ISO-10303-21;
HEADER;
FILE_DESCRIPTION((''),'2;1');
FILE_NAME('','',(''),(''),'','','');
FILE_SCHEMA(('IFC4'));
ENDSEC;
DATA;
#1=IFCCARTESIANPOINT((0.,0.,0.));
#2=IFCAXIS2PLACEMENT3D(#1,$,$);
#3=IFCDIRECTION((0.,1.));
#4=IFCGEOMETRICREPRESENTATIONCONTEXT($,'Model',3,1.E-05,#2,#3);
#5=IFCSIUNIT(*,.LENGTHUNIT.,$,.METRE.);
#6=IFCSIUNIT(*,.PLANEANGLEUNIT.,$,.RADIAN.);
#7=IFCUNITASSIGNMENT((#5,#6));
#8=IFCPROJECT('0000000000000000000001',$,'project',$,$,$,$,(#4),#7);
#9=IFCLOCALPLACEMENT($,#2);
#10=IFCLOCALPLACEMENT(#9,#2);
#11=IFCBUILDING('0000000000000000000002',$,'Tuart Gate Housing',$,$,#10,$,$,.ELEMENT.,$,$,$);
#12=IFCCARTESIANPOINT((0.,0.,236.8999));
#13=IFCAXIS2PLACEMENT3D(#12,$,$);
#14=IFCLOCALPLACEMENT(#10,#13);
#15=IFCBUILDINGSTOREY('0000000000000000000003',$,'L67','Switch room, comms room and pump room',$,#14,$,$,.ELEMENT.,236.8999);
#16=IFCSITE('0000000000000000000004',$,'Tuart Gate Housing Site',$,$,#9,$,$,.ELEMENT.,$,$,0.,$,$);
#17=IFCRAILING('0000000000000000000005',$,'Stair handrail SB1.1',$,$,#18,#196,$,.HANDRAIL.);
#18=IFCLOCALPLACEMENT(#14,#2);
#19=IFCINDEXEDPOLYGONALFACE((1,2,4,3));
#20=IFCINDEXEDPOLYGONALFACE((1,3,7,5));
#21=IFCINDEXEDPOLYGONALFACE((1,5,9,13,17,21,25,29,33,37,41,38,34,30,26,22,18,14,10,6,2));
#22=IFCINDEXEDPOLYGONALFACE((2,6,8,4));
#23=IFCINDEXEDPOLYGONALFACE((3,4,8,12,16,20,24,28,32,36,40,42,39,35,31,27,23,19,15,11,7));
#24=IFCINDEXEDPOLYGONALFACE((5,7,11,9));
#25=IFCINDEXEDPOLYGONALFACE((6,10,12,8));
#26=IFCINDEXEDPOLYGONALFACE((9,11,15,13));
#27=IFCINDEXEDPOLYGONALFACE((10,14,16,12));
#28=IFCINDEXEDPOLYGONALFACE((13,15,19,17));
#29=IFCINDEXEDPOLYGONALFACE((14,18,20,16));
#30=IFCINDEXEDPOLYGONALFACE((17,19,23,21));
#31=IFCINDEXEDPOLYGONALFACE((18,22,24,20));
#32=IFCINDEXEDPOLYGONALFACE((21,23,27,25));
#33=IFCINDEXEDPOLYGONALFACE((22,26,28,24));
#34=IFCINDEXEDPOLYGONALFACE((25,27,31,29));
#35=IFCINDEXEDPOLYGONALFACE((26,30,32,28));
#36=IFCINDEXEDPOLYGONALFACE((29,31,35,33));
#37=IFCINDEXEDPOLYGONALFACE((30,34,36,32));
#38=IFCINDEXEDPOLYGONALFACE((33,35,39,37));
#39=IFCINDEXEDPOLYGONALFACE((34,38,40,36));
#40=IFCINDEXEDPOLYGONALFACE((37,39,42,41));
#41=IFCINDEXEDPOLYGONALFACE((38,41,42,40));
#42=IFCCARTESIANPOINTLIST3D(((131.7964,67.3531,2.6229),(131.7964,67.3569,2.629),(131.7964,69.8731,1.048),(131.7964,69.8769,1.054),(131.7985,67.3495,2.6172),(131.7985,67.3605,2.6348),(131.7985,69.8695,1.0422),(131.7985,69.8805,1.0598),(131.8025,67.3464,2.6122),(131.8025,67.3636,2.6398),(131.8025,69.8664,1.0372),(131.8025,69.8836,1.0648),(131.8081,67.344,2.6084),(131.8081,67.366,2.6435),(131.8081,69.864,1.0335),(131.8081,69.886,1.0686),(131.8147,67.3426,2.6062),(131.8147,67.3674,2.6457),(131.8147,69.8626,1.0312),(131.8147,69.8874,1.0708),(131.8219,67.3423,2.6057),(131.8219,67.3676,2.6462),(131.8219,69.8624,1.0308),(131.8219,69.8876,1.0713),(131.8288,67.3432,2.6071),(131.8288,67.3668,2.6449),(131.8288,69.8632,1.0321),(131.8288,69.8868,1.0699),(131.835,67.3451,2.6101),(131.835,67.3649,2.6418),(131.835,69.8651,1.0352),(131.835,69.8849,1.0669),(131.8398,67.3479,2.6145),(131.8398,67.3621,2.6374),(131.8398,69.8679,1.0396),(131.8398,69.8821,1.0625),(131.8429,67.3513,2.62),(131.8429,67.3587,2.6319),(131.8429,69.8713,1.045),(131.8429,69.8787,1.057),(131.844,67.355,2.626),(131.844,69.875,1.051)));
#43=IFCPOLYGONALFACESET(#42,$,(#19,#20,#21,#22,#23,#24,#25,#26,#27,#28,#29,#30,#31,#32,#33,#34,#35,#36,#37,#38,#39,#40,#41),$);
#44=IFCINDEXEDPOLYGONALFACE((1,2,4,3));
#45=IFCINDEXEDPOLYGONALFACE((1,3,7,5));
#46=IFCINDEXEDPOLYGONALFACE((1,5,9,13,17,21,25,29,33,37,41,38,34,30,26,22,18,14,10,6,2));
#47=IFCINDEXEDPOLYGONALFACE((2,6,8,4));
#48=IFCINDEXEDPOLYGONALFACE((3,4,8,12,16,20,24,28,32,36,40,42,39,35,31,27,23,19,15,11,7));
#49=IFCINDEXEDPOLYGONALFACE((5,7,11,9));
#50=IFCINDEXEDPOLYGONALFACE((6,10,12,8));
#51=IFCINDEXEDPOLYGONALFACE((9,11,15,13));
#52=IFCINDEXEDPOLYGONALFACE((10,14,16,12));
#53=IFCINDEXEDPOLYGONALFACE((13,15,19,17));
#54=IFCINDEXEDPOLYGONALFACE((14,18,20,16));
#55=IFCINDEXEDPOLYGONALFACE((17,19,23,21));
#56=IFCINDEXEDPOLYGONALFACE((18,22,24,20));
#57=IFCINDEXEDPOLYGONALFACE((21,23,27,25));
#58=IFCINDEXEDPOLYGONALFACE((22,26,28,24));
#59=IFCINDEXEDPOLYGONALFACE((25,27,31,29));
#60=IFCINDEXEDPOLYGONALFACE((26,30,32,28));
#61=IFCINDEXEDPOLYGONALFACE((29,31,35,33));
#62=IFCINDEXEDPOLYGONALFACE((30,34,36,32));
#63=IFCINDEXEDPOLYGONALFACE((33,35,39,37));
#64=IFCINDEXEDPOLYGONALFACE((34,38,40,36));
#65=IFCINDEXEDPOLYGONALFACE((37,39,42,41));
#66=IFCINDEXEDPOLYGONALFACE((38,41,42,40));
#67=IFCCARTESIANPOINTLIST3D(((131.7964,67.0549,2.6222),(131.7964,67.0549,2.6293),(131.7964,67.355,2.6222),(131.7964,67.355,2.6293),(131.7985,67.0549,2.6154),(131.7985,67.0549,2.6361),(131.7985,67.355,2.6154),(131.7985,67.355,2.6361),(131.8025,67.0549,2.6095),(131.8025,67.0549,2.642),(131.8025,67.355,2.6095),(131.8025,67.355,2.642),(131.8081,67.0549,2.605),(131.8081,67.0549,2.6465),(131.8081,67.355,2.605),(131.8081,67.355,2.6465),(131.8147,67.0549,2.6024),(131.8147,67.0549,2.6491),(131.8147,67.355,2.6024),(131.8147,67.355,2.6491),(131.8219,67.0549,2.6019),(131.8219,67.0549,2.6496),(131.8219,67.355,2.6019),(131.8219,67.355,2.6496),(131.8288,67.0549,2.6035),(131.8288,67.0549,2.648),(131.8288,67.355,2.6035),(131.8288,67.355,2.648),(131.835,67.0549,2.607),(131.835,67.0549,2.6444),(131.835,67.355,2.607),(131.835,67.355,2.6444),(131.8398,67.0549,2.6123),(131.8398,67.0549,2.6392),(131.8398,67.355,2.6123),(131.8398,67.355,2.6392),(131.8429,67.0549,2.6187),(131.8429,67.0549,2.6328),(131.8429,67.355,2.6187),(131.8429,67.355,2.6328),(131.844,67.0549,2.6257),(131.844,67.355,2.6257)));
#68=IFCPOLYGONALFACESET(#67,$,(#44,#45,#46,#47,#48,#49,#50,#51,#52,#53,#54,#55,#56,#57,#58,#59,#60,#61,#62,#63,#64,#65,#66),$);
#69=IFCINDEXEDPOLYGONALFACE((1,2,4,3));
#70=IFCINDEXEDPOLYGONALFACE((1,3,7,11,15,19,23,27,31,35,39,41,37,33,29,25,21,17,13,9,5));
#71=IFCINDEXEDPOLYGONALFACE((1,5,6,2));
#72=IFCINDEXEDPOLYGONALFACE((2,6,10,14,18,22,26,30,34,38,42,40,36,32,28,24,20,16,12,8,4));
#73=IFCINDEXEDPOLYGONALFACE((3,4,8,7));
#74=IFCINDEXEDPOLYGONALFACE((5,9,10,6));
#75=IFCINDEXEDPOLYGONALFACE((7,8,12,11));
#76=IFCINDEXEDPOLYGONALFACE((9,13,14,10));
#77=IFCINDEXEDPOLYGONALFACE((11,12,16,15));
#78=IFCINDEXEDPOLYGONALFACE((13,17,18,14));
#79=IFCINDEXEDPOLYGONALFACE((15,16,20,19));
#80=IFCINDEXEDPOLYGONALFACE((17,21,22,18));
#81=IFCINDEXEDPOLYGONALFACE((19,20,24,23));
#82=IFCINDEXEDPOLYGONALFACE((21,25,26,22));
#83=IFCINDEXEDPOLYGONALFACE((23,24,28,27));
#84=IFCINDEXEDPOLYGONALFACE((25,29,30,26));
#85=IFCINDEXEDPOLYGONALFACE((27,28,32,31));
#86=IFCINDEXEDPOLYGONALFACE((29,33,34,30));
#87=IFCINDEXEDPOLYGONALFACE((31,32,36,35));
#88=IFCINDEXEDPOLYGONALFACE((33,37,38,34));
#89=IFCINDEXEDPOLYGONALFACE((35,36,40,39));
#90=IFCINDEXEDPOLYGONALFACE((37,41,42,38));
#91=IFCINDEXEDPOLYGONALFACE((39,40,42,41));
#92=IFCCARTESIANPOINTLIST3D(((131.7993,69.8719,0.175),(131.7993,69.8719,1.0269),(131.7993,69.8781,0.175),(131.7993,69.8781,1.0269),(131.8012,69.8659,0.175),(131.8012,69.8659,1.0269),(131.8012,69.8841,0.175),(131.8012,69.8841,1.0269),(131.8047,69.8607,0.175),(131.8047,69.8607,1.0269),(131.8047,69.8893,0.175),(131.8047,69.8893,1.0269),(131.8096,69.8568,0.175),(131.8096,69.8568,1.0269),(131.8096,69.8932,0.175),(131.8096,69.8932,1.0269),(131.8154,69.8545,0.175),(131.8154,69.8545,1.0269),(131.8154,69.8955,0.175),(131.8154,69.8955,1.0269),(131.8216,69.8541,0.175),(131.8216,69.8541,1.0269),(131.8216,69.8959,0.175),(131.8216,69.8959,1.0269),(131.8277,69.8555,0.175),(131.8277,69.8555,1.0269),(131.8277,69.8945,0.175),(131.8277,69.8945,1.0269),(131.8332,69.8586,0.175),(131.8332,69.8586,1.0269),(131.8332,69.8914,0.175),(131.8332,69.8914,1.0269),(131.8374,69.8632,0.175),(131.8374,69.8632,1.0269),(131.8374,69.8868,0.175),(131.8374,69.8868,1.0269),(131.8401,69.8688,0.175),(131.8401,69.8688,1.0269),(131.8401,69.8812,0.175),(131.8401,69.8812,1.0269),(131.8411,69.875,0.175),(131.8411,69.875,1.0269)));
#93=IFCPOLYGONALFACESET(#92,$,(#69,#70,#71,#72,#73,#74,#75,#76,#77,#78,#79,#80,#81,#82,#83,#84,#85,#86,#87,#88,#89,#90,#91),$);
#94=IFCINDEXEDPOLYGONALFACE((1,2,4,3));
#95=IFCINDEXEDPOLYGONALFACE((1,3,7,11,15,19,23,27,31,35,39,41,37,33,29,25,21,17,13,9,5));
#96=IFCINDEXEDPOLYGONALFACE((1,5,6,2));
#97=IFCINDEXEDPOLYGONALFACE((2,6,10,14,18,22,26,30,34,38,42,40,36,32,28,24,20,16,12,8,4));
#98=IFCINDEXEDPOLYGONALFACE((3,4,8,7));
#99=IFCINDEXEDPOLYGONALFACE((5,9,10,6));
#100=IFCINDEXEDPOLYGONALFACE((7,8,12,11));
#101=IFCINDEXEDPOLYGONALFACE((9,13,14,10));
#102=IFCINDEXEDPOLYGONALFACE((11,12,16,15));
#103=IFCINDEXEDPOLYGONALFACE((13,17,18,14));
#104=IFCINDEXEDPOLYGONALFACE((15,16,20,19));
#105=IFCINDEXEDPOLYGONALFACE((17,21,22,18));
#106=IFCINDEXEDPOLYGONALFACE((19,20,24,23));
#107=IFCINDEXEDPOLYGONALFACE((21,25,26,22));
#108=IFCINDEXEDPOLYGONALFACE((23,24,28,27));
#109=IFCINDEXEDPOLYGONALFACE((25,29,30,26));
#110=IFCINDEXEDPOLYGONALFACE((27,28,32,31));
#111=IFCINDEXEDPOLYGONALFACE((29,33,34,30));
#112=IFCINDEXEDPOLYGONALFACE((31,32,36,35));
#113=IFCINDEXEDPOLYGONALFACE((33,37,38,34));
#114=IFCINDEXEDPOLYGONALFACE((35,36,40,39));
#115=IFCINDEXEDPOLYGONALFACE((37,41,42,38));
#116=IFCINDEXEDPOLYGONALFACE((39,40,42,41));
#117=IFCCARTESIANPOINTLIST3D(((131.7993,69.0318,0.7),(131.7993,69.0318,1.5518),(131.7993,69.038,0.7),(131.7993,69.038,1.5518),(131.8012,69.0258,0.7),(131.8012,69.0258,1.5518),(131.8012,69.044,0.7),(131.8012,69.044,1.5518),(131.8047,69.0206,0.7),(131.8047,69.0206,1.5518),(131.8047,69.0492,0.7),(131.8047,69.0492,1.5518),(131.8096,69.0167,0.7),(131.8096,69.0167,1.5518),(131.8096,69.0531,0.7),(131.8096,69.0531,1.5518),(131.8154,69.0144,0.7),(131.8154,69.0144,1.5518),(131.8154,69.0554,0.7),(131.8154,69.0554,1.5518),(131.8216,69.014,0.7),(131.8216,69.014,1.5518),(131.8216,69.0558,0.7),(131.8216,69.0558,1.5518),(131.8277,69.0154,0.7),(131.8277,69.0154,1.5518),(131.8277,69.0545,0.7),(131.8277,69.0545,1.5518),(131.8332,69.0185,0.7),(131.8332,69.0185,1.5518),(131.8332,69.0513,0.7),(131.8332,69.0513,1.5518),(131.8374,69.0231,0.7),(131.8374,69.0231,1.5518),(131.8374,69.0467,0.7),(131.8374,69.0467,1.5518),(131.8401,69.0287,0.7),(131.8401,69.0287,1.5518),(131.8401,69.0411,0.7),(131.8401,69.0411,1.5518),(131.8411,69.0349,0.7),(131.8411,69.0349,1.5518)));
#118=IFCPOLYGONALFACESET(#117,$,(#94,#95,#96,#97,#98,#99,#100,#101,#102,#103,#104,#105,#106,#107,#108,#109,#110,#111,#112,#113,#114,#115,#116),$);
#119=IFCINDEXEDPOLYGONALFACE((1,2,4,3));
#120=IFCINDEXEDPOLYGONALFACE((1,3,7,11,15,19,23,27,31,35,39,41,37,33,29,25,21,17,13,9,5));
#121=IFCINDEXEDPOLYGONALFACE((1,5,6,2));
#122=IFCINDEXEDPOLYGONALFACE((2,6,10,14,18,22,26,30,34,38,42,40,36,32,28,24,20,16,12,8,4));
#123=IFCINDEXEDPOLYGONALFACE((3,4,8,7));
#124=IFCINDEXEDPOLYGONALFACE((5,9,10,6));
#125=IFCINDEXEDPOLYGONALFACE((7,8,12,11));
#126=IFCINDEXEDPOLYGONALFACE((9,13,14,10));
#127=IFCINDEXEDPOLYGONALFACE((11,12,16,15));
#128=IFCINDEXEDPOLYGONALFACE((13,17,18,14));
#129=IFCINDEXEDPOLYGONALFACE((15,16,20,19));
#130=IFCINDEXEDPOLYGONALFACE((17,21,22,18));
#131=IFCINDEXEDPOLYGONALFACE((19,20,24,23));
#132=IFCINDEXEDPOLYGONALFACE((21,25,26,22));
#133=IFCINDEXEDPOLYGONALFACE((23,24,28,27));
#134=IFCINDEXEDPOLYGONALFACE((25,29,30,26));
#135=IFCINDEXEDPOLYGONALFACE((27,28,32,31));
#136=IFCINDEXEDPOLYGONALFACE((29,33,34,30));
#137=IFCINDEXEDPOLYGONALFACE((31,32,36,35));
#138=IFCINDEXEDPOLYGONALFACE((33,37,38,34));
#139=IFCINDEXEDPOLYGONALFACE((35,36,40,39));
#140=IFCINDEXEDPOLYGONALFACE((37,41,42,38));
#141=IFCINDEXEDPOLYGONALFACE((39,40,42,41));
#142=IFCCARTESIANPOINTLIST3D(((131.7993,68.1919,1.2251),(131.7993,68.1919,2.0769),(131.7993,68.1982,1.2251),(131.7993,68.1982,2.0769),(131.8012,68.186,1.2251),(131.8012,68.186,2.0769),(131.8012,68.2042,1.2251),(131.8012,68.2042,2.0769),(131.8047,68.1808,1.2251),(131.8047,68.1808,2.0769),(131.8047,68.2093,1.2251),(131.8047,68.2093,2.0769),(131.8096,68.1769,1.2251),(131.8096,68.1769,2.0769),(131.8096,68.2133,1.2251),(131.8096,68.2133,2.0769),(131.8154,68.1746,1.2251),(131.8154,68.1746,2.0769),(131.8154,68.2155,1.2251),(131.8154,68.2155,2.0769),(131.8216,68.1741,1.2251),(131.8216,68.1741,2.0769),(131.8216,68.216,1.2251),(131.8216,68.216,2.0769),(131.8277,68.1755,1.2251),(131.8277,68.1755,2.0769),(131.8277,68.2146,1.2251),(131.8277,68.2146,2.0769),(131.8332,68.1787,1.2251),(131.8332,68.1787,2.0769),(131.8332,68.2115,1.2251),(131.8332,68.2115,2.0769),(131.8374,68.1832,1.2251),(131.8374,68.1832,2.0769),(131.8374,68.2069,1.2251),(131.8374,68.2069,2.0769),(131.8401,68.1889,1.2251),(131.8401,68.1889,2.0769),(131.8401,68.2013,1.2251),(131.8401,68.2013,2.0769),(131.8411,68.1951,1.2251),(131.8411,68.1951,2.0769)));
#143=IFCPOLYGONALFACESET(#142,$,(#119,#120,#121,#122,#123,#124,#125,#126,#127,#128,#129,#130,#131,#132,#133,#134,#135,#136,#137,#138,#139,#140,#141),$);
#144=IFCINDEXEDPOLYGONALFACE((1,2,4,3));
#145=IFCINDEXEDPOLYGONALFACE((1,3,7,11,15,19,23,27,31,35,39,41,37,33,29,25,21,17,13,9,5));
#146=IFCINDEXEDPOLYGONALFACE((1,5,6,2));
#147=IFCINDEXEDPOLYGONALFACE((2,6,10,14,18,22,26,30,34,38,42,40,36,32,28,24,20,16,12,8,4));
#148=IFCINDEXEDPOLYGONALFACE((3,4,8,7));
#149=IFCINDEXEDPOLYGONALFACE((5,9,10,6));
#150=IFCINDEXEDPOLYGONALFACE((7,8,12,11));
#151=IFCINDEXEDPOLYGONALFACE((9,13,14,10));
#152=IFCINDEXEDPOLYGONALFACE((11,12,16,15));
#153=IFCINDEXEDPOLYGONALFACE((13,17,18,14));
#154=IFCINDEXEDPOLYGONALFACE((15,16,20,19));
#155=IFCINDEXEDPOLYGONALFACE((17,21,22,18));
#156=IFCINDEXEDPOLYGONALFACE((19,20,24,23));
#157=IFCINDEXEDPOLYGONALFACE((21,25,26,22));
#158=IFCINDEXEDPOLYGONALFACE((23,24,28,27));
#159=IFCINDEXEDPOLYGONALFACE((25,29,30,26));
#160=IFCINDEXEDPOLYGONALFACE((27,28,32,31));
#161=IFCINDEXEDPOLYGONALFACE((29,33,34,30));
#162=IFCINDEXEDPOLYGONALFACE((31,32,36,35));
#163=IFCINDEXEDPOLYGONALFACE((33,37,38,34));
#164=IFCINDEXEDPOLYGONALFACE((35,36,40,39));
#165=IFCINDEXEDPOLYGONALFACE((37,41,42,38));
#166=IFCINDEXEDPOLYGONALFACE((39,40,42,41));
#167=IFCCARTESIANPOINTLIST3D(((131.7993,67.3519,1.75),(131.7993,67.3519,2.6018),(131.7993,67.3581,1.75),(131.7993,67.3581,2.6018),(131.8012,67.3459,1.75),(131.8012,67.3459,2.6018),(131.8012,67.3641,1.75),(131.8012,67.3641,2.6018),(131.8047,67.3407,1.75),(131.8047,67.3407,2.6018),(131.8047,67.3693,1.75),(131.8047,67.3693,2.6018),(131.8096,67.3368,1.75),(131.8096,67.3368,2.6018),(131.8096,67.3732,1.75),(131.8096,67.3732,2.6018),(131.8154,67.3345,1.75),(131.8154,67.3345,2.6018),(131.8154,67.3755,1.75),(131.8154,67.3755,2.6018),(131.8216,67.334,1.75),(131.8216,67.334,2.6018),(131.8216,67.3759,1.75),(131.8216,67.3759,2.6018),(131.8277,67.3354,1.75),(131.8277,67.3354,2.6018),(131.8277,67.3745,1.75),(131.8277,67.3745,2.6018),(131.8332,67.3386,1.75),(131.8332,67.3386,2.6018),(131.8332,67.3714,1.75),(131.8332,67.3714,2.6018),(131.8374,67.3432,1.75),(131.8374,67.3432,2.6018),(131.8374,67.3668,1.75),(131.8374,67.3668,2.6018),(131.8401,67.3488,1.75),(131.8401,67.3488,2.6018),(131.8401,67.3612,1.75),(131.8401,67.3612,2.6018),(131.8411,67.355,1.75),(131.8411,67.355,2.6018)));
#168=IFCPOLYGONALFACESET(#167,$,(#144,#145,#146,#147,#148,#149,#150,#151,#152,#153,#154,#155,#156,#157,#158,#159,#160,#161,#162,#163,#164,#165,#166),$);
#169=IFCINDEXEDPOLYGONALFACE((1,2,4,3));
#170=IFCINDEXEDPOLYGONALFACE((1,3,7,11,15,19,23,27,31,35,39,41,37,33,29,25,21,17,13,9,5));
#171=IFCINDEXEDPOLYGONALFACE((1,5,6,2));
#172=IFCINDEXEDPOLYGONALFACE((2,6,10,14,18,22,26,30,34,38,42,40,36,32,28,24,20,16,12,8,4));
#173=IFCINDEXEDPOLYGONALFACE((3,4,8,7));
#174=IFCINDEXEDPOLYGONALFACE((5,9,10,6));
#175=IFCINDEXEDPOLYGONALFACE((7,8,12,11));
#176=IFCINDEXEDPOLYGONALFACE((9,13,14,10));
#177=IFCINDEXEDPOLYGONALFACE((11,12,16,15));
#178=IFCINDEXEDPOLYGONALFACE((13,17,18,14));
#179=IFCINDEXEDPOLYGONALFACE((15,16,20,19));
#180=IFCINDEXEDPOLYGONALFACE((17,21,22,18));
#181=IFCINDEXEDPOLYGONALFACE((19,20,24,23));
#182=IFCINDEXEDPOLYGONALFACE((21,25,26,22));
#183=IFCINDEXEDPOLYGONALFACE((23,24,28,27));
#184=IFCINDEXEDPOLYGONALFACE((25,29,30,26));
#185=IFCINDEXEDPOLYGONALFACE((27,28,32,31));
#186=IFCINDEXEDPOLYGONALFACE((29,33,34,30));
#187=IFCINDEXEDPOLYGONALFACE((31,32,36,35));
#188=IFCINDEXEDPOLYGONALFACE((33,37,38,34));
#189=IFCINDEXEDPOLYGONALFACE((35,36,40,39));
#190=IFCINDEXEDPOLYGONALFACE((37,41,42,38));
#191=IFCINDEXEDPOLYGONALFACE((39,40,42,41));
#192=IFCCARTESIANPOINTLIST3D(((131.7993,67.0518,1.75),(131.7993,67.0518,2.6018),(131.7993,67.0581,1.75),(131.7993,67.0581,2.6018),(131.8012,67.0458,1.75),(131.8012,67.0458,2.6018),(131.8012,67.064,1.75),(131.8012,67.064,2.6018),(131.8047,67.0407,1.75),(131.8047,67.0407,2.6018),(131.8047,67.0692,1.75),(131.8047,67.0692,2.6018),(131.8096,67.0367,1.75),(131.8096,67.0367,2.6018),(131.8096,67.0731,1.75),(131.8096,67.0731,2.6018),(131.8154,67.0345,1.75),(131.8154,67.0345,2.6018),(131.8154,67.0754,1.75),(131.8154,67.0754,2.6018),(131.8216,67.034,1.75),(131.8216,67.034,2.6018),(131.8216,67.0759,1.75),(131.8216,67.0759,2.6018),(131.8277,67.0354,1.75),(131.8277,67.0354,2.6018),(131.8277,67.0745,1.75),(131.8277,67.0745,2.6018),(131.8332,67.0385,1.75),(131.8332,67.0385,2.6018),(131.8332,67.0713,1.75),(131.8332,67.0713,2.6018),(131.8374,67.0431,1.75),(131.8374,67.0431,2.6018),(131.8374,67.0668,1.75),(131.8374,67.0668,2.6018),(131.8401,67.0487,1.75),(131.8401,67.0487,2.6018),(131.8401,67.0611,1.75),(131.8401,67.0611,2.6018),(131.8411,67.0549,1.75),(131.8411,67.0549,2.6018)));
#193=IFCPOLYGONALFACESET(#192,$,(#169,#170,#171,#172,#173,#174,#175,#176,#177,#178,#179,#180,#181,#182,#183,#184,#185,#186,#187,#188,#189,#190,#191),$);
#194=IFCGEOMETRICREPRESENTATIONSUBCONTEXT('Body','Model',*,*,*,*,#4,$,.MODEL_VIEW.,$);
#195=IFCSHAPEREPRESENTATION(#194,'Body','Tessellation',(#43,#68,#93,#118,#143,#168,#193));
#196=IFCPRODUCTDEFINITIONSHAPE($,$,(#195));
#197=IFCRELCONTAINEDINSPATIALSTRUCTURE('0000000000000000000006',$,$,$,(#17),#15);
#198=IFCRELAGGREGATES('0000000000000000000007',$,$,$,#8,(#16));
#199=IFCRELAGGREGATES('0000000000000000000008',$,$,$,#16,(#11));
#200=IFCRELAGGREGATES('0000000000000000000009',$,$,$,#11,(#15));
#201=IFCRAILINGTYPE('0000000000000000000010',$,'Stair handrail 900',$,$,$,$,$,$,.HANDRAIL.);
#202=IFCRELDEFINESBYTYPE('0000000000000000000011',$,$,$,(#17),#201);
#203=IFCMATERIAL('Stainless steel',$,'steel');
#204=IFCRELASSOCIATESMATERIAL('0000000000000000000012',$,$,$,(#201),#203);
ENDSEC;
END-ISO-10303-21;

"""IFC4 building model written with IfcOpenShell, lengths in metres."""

from ifc_helpers import new_model, si_unit, direction, frame, origin, origin_2d, place, context, subcontext, project, spatial, circle, extrude, material, type_object, element, save


model = new_model("IFC4")

# Units and contexts
model_context = context("Model", 3, precision=1e-05, world=origin(), true_north=direction((0.0, 1.0)))
body_context = subcontext(model_context, "Body", "Model", "MODEL_VIEW")
ifc_project = project(units=[si_unit("LENGTHUNIT", "METRE"), si_unit("PLANEANGLEUNIT", "RADIAN")], contexts=[model_context])

# Site, building, storey
site_placement = place(None, origin())
site = spatial("IfcSite", under=ifc_project, at=site_placement, Name="Tuart Gate Housing Site", CompositionType="ELEMENT", RefElevation=0.0)
building_placement = place(site_placement, origin())
building = spatial("IfcBuilding", under=site, at=building_placement, Name="Tuart Gate Housing", CompositionType="ELEMENT")
storey_placement = place(building_placement, frame((0.0, 0.0, 236.8999)))
storey = spatial("IfcBuildingStorey", under=building, at=storey_placement, Name="L67", Description="Switch room, comms room and pump room", CompositionType="ELEMENT", Elevation=236.8999)

# Railing
ifc_material_1 = material(Name="Stainless steel", Category="steel")
railing_type = type_object("IfcRailingType", Name="Stair handrail 900", PredefinedType="HANDRAIL", material=ifc_material_1)
railing_placement = place(storey_placement, frame((131.8201, 69.875, 0.175)))
element("IfcRailing", 1, at=railing_placement, inside=storey, type_object=railing_type, Name="Stair handrail SB1.1", PredefinedType="HANDRAIL", context=body_context, shape_type="SweptSolid", body=[
    extrude(circle(Radius=0.0239, at=origin_2d()), frame((0.0, 0.0, 0.876), z_axis=(0.0, -0.848008, 0.529984), x_axis=(1.0, 0.0, 0.0)), (0.0, 0.0, 1.0), 2.9717),
    extrude(circle(Radius=0.0239, at=origin_2d()), frame((0.0, -2.52, 2.4507), z_axis=(0.0, -1.0, 0.0), x_axis=(1.0, 0.0, 0.0)), (0.0, 0.0, 1.0), 0.3),
    extrude(circle(Radius=0.021, at=origin_2d()), origin(), (0.0, 0.0, 1.0), 0.8518),
    extrude(circle(Radius=0.021, at=origin_2d()), frame((0.0, -0.8401, 0.5249)), (0.0, 0.0, 1.0), 0.8518),
    extrude(circle(Radius=0.021, at=origin_2d()), frame((0.0, -1.6799, 1.05)), (0.0, 0.0, 1.0), 0.8518),
    extrude(circle(Radius=0.021, at=origin_2d()), frame((0.0, -2.52, 1.575)), (0.0, 0.0, 1.0), 0.8518),
    extrude(circle(Radius=0.021, at=origin_2d()), frame((0.0, -2.8201, 1.575)), (0.0, 0.0, 1.0), 0.8518),
])

save(model, "model.ifc")
